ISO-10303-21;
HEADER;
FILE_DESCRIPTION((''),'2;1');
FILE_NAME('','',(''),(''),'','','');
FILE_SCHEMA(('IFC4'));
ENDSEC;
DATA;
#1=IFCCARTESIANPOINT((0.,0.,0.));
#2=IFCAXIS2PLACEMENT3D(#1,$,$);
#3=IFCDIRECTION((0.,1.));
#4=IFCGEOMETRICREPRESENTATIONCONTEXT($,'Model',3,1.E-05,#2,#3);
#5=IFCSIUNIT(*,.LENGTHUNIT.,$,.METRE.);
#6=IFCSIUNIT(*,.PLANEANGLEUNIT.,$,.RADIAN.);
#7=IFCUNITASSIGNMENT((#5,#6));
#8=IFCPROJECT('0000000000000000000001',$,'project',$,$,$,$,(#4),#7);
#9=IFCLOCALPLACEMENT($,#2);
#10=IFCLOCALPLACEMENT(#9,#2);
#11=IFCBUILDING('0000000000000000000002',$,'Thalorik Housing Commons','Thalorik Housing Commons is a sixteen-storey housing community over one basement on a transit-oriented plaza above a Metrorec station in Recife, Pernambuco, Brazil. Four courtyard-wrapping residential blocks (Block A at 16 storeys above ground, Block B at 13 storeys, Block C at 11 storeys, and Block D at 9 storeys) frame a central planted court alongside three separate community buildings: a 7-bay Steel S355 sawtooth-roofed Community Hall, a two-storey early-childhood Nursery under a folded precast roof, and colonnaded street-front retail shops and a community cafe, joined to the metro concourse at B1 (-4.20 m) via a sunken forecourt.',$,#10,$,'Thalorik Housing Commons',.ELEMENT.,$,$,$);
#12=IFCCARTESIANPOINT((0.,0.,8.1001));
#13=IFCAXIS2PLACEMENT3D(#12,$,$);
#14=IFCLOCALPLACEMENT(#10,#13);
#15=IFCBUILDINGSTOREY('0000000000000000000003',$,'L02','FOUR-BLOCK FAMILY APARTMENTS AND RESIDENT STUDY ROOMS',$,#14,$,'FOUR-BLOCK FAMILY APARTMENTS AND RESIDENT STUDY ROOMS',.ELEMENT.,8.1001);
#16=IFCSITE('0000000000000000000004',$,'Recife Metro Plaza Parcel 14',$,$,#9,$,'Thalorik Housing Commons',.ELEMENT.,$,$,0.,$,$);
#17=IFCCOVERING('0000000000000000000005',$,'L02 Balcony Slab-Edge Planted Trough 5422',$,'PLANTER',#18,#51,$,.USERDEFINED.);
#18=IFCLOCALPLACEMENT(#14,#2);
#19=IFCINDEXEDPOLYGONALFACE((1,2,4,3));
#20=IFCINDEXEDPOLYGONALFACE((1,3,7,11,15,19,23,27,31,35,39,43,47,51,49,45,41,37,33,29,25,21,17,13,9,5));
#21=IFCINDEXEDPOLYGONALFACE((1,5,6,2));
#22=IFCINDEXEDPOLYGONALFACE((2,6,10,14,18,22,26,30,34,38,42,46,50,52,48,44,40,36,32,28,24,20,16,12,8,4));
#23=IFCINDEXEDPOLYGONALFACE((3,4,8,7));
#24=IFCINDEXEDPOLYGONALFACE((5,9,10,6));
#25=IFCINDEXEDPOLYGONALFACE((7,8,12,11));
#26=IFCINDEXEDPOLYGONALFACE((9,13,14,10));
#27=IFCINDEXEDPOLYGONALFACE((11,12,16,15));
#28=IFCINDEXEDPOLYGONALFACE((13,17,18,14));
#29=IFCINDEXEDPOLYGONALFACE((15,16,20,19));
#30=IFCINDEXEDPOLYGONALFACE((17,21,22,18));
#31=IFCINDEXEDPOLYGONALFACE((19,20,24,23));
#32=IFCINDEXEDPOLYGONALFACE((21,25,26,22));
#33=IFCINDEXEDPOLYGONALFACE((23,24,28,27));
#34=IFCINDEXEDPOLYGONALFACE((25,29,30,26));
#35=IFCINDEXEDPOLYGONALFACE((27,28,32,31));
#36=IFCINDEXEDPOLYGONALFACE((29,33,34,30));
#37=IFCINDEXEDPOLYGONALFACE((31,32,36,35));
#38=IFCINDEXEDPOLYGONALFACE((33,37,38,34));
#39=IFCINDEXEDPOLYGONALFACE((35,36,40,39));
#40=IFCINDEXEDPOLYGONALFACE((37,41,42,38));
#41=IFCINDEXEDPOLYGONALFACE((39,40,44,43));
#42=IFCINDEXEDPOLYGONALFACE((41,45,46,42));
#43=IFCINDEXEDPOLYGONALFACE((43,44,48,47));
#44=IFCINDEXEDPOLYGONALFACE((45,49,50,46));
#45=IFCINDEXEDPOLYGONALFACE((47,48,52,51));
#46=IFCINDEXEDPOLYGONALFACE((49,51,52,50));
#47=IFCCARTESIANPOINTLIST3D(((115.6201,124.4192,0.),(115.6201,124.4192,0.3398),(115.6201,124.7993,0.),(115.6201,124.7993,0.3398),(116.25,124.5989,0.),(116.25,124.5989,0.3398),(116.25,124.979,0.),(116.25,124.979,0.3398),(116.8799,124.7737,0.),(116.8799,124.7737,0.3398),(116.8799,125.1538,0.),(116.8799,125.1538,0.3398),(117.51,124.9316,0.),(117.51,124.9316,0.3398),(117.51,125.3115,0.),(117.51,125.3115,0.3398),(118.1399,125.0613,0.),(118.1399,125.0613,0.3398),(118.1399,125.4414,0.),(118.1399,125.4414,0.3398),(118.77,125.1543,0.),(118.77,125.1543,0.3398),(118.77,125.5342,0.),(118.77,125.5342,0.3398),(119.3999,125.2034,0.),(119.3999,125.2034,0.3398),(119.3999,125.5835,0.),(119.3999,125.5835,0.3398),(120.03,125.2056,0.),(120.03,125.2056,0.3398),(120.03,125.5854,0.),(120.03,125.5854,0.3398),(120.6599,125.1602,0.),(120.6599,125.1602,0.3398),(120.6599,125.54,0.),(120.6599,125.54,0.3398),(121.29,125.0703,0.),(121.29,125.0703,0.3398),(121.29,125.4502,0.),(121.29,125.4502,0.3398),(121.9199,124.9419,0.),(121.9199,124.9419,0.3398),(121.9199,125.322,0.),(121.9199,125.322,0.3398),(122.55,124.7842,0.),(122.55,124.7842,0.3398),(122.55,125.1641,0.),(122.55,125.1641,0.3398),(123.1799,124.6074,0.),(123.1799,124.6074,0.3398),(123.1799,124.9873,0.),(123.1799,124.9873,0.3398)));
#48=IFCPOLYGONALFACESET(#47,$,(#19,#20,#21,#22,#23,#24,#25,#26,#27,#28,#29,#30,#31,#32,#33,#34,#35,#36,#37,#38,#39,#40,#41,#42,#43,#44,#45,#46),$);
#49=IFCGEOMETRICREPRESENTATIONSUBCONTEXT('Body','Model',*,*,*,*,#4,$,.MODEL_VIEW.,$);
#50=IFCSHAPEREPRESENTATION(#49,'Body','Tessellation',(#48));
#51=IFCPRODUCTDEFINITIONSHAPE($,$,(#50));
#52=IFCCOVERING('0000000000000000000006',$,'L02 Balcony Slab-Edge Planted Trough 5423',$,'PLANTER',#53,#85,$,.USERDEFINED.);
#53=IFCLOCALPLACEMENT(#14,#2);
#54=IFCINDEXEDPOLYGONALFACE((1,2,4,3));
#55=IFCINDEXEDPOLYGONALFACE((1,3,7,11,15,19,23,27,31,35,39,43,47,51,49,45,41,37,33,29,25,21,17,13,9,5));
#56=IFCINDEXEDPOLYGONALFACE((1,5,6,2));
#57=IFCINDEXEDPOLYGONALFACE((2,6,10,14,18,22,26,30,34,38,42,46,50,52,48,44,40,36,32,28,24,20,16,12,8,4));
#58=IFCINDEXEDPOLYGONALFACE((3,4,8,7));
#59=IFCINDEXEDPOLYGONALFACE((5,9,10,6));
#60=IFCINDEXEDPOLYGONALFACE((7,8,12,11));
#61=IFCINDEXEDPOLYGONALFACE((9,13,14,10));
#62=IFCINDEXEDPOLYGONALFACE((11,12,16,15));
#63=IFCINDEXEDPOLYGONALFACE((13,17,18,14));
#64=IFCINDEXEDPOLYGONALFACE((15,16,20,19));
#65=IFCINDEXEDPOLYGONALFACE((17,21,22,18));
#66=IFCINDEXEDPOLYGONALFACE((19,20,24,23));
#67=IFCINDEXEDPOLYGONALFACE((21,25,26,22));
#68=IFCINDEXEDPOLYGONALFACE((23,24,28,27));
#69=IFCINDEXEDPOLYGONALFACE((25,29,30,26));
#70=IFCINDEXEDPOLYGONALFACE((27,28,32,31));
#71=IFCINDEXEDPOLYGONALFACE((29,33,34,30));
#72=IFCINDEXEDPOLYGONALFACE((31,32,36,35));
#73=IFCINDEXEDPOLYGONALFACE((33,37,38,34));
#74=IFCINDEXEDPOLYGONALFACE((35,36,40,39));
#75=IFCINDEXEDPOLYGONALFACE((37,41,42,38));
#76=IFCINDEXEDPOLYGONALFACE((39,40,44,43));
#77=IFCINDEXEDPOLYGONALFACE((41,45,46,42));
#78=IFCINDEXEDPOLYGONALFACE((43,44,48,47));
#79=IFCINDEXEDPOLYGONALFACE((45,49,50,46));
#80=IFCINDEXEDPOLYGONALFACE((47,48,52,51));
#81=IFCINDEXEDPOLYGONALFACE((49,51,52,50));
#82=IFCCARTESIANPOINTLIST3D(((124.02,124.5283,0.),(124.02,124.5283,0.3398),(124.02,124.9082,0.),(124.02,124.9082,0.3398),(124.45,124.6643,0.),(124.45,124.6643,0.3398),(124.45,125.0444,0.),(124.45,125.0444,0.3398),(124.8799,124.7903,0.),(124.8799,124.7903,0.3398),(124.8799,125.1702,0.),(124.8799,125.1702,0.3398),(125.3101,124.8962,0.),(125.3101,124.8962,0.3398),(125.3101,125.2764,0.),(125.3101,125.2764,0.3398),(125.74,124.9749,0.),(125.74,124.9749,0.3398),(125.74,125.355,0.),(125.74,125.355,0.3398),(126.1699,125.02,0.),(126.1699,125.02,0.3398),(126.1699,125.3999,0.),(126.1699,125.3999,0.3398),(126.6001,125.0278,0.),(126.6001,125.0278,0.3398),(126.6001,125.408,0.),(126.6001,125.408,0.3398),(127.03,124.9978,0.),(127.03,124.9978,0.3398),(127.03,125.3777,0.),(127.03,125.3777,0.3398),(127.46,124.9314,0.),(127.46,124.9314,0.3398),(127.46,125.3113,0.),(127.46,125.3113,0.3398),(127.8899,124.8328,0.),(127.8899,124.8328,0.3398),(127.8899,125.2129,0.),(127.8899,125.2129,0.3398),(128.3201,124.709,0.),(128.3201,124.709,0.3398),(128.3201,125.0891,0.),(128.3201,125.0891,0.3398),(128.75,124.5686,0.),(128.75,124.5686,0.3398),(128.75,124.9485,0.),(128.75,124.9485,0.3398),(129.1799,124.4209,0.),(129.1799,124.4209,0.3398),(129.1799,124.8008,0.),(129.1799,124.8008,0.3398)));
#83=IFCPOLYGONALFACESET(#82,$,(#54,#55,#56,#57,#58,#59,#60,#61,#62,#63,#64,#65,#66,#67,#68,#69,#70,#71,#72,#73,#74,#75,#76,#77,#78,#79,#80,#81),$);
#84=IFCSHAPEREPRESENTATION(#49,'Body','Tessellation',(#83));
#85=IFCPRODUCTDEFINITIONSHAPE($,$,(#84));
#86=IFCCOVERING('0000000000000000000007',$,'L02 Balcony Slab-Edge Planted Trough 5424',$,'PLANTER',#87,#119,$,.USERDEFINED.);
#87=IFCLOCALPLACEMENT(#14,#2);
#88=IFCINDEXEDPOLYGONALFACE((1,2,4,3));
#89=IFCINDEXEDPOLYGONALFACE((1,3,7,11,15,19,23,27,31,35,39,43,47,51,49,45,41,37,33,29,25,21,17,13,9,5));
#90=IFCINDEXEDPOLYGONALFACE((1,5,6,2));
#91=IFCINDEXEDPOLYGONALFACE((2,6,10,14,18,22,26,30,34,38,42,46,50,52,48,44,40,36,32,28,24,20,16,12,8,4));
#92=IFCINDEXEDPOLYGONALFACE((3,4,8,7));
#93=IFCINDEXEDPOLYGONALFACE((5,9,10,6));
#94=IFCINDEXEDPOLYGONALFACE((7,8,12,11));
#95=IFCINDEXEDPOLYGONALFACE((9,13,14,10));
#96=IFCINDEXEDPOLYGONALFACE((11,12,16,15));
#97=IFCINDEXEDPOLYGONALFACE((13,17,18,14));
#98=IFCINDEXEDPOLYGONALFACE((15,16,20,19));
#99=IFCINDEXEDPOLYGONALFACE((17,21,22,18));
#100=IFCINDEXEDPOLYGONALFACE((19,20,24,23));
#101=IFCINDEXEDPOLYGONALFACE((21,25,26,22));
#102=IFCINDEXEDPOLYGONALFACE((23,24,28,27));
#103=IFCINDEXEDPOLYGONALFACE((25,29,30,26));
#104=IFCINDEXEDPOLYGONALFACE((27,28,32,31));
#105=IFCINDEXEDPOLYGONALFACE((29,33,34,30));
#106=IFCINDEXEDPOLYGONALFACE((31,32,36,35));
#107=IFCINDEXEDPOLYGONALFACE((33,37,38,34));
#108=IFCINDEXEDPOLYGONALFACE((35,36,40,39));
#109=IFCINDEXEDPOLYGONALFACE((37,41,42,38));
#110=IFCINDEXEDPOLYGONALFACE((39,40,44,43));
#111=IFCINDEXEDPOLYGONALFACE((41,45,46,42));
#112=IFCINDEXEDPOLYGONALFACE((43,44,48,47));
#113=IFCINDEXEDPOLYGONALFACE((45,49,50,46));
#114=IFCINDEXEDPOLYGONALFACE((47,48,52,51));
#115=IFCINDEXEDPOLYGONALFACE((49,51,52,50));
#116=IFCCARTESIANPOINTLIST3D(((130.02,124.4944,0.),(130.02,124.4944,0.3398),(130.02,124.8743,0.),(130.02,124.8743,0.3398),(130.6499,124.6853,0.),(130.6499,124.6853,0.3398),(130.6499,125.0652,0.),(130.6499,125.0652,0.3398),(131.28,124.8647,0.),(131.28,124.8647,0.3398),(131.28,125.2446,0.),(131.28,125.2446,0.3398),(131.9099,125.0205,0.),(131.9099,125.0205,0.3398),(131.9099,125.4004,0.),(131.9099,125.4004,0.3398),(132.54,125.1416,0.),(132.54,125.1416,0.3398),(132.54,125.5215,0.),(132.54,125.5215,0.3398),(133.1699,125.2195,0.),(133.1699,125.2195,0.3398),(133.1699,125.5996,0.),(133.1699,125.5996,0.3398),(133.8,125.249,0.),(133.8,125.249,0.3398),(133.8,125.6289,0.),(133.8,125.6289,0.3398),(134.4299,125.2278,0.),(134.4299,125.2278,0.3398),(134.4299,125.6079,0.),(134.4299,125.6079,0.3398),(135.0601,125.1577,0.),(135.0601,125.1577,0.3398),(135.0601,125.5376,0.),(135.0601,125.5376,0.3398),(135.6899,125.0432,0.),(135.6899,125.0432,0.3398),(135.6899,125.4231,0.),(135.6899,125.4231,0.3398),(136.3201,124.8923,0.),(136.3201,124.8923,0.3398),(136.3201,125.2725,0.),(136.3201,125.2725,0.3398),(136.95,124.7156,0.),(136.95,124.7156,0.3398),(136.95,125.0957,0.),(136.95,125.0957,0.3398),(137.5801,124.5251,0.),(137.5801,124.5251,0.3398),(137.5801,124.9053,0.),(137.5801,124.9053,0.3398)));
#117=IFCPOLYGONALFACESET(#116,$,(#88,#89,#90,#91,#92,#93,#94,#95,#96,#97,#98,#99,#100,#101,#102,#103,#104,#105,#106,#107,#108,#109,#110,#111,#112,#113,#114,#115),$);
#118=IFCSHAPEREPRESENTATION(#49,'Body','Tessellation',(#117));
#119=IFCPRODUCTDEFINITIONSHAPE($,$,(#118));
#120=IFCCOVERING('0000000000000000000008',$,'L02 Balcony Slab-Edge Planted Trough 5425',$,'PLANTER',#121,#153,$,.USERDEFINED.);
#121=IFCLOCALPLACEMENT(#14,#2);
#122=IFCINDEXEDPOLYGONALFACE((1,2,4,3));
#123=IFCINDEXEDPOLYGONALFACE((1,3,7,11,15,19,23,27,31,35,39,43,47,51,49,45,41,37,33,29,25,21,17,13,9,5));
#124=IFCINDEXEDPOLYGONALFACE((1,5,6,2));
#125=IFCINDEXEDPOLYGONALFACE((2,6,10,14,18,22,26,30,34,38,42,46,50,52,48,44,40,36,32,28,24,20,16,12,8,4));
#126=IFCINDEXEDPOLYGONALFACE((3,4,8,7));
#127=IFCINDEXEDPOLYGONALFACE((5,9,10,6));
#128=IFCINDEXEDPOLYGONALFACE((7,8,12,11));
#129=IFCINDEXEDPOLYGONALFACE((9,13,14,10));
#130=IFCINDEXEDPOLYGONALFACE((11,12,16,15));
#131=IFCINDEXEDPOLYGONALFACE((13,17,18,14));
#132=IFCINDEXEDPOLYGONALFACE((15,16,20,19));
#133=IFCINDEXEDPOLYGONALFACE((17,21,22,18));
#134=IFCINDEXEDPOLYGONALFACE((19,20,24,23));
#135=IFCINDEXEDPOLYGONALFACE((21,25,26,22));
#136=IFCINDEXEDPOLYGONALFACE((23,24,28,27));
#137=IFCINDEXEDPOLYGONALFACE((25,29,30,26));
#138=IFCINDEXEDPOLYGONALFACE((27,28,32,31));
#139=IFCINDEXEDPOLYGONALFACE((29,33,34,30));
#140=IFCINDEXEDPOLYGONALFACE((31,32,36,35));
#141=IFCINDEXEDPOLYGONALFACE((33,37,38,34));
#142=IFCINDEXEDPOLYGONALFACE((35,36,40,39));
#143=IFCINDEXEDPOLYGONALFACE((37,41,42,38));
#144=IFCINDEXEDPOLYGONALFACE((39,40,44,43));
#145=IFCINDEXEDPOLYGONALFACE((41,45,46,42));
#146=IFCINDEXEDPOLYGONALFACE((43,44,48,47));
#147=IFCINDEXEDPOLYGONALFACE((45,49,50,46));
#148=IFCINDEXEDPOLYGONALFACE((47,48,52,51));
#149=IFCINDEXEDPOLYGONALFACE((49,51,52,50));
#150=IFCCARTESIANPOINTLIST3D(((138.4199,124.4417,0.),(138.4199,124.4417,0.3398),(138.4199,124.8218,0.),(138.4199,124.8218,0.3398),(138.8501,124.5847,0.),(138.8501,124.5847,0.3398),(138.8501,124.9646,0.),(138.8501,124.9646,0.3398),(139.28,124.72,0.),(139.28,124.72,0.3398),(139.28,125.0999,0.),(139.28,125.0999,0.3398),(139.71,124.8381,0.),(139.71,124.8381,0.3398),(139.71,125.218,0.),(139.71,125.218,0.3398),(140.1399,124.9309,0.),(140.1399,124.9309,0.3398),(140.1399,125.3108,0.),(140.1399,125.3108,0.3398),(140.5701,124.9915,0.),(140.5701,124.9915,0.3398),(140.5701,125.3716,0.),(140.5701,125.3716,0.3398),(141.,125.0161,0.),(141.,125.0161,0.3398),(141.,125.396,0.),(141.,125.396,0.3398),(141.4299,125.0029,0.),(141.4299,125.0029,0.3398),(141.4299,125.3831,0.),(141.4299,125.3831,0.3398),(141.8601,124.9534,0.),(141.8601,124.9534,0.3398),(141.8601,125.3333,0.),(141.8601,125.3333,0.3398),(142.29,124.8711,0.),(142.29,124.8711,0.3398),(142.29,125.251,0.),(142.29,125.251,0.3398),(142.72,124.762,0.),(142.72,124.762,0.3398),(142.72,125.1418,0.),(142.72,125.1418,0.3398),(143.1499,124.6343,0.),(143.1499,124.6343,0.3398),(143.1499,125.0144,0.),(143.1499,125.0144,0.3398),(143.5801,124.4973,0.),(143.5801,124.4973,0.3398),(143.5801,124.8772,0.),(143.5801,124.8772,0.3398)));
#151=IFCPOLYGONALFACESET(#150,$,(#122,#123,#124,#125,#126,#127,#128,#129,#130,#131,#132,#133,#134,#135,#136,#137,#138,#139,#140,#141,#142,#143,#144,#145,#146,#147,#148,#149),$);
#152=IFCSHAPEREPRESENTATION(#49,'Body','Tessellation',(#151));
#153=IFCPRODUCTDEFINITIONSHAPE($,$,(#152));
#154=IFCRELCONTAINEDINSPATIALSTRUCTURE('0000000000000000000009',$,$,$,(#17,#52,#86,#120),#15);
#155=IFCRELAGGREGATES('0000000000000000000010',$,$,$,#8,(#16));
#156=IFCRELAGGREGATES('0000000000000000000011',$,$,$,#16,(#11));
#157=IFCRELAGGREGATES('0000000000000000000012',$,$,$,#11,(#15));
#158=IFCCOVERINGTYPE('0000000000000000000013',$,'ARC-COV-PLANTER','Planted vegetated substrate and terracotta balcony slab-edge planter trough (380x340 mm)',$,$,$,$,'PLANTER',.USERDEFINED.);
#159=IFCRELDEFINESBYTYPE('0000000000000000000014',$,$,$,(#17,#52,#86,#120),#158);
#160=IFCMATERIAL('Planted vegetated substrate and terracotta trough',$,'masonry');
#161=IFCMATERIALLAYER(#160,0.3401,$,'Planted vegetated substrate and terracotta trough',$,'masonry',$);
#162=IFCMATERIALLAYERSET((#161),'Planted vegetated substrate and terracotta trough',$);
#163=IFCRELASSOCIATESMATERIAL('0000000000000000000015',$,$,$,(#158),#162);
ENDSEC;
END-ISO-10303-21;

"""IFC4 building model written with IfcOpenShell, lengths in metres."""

from ifc_helpers import new_model, si_unit, direction, frame, origin, place, context, subcontext, project, spatial, polyline, outline, extrude, material, layer, layer_set, type_object, element, save


model = new_model("IFC4")

# Units and contexts
model_context = context("Model", 3, precision=1e-05, world=origin(), true_north=direction((0.0, 1.0)))
body_context = subcontext(model_context, "Body", "Model", "MODEL_VIEW")
ifc_project = project(units=[si_unit("LENGTHUNIT", "METRE"), si_unit("PLANEANGLEUNIT", "RADIAN")], contexts=[model_context])

# Site, building, storey
site_placement = place(None, origin())
site = spatial("IfcSite", under=ifc_project, at=site_placement, Name="Recife Metro Plaza Parcel 14", LongName="Thalorik Housing Commons", CompositionType="ELEMENT", RefElevation=0.0)
building_placement = place(site_placement, origin())
building = spatial("IfcBuilding", under=site, at=building_placement, Name="Thalorik Housing Commons", Description="Thalorik Housing Commons is a sixteen-storey housing community over one basement on a transit-oriented plaza above a Metrorec station in Recife, Pernambuco, Brazil. Four courtyard-wrapping residential blocks (Block A at 16 storeys above ground, Block B at 13 storeys, Block C at 11 storeys, and Block D at 9 storeys) frame a central planted court alongside three separate community buildings: a 7-bay Steel S355 sawtooth-roofed Community Hall, a two-storey early-childhood Nursery under a folded precast roof, and colonnaded street-front retail shops and a community cafe, joined to the metro concourse at B1 (-4.20 m) via a sunken forecourt.", LongName="Thalorik Housing Commons", CompositionType="ELEMENT")
storey_placement = place(building_placement, frame((0.0, 0.0, 8.1001)))
storey = spatial("IfcBuildingStorey", under=building, at=storey_placement, Name="L02", Description="FOUR-BLOCK FAMILY APARTMENTS AND RESIDENT STUDY ROOMS", LongName="FOUR-BLOCK FAMILY APARTMENTS AND RESIDENT STUDY ROOMS", CompositionType="ELEMENT", Elevation=8.1001)

# Coverings
ifc_material_1 = material(Name="Planted vegetated substrate and terracotta trough", Category="masonry")
ifc_layer_1 = layer(ifc_material_1, 0.3401, Name="Planted vegetated substrate and terracotta trough", Category="masonry")
ifc_layer_set_1 = layer_set([ifc_layer_1], Name="Planted vegetated substrate and terracotta trough")
covering_type_1 = type_object("IfcCoveringType", Name="ARC-COV-PLANTER", Description="Planted vegetated substrate and terracotta balcony slab-edge planter trough (380x340 mm)", ElementType="PLANTER", PredefinedType="USERDEFINED", material=ifc_layer_set_1)
covering_1_placement = place(storey_placement, origin())
element("IfcCovering", 1, at=covering_1_placement, inside=storey, type_object=covering_type_1, Name="L02 Balcony Slab-Edge Planted Trough 5422", ObjectType="PLANTER", PredefinedType="USERDEFINED", context=body_context, shape_type="SweptSolid", body=[
    extrude(outline(polyline([(123.1799, 124.9873), (122.55, 125.1641), (121.9199, 125.322), (121.29, 125.4502), (120.6599, 125.54), (120.03, 125.5854), (119.3999, 125.5835), (118.77, 125.5342), (118.1399, 125.4414), (117.51, 125.3115), (116.8799, 125.1538), (116.25, 124.979), (115.6201, 124.7993), (115.6201, 124.4192), (116.25, 124.5989), (116.8799, 124.7737), (117.51, 124.9316), (118.1399, 125.0613), (118.77, 125.1543), (119.3999, 125.2034), (120.03, 125.2056), (120.6599, 125.1602), (121.29, 125.0703), (121.9199, 124.9419), (122.55, 124.7842), (123.1799, 124.6074), (123.1799, 124.9873)])), origin(), (0.0, 0.0, 1.0), 0.3398),
])
covering_2_placement = place(storey_placement, origin())
element("IfcCovering", 2, at=covering_2_placement, inside=storey, type_object=covering_type_1, Name="L02 Balcony Slab-Edge Planted Trough 5423", ObjectType="PLANTER", PredefinedType="USERDEFINED", context=body_context, shape_type="SweptSolid", body=[
    extrude(outline(polyline([(129.1799, 124.8008), (128.75, 124.9485), (128.3201, 125.0891), (127.8899, 125.2129), (127.46, 125.3113), (127.03, 125.3777), (126.6001, 125.408), (126.1699, 125.3999), (125.74, 125.355), (125.3101, 125.2764), (124.8799, 125.1702), (124.45, 125.0444), (124.02, 124.9082), (124.02, 124.5283), (124.45, 124.6643), (124.8799, 124.7903), (125.3101, 124.8962), (125.74, 124.9749), (126.1699, 125.02), (126.6001, 125.0278), (127.03, 124.9978), (127.46, 124.9314), (127.8899, 124.8328), (128.3201, 124.709), (128.75, 124.5686), (129.1799, 124.4209), (129.1799, 124.8008)])), origin(), (0.0, 0.0, 1.0), 0.3398),
])
covering_3_placement = place(storey_placement, origin())
element("IfcCovering", 3, at=covering_3_placement, inside=storey, type_object=covering_type_1, Name="L02 Balcony Slab-Edge Planted Trough 5424", ObjectType="PLANTER", PredefinedType="USERDEFINED", context=body_context, shape_type="SweptSolid", body=[
    extrude(outline(polyline([(137.5801, 124.9053), (136.95, 125.0957), (136.3201, 125.2725), (135.6899, 125.4231), (135.0601, 125.5376), (134.4299, 125.6079), (133.8, 125.6289), (133.1699, 125.5996), (132.54, 125.5215), (131.9099, 125.4004), (131.28, 125.2446), (130.6499, 125.0652), (130.02, 124.8743), (130.02, 124.4944), (130.6499, 124.6853), (131.28, 124.8647), (131.9099, 125.0205), (132.54, 125.1416), (133.1699, 125.2195), (133.8, 125.249), (134.4299, 125.2278), (135.0601, 125.1577), (135.6899, 125.0432), (136.3201, 124.8923), (136.95, 124.7156), (137.5801, 124.5251), (137.5801, 124.9053)])), origin(), (0.0, 0.0, 1.0), 0.3398),
])
covering_4_placement = place(storey_placement, origin())
element("IfcCovering", 4, at=covering_4_placement, inside=storey, type_object=covering_type_1, Name="L02 Balcony Slab-Edge Planted Trough 5425", ObjectType="PLANTER", PredefinedType="USERDEFINED", context=body_context, shape_type="SweptSolid", body=[
    extrude(outline(polyline([(143.5801, 124.8772), (143.1499, 125.0144), (142.72, 125.1418), (142.29, 125.251), (141.8601, 125.3333), (141.4299, 125.3831), (141.0, 125.396), (140.5701, 125.3716), (140.1399, 125.3108), (139.71, 125.218), (139.28, 125.0999), (138.8501, 124.9646), (138.4199, 124.8218), (138.4199, 124.4417), (138.8501, 124.5847), (139.28, 124.72), (139.71, 124.8381), (140.1399, 124.9309), (140.5701, 124.9915), (141.0, 125.0161), (141.4299, 125.0029), (141.8601, 124.9534), (142.29, 124.8711), (142.72, 124.762), (143.1499, 124.6343), (143.5801, 124.4973), (143.5801, 124.8772)])), origin(), (0.0, 0.0, 1.0), 0.3398),
])

save(model, "model.ifc")
